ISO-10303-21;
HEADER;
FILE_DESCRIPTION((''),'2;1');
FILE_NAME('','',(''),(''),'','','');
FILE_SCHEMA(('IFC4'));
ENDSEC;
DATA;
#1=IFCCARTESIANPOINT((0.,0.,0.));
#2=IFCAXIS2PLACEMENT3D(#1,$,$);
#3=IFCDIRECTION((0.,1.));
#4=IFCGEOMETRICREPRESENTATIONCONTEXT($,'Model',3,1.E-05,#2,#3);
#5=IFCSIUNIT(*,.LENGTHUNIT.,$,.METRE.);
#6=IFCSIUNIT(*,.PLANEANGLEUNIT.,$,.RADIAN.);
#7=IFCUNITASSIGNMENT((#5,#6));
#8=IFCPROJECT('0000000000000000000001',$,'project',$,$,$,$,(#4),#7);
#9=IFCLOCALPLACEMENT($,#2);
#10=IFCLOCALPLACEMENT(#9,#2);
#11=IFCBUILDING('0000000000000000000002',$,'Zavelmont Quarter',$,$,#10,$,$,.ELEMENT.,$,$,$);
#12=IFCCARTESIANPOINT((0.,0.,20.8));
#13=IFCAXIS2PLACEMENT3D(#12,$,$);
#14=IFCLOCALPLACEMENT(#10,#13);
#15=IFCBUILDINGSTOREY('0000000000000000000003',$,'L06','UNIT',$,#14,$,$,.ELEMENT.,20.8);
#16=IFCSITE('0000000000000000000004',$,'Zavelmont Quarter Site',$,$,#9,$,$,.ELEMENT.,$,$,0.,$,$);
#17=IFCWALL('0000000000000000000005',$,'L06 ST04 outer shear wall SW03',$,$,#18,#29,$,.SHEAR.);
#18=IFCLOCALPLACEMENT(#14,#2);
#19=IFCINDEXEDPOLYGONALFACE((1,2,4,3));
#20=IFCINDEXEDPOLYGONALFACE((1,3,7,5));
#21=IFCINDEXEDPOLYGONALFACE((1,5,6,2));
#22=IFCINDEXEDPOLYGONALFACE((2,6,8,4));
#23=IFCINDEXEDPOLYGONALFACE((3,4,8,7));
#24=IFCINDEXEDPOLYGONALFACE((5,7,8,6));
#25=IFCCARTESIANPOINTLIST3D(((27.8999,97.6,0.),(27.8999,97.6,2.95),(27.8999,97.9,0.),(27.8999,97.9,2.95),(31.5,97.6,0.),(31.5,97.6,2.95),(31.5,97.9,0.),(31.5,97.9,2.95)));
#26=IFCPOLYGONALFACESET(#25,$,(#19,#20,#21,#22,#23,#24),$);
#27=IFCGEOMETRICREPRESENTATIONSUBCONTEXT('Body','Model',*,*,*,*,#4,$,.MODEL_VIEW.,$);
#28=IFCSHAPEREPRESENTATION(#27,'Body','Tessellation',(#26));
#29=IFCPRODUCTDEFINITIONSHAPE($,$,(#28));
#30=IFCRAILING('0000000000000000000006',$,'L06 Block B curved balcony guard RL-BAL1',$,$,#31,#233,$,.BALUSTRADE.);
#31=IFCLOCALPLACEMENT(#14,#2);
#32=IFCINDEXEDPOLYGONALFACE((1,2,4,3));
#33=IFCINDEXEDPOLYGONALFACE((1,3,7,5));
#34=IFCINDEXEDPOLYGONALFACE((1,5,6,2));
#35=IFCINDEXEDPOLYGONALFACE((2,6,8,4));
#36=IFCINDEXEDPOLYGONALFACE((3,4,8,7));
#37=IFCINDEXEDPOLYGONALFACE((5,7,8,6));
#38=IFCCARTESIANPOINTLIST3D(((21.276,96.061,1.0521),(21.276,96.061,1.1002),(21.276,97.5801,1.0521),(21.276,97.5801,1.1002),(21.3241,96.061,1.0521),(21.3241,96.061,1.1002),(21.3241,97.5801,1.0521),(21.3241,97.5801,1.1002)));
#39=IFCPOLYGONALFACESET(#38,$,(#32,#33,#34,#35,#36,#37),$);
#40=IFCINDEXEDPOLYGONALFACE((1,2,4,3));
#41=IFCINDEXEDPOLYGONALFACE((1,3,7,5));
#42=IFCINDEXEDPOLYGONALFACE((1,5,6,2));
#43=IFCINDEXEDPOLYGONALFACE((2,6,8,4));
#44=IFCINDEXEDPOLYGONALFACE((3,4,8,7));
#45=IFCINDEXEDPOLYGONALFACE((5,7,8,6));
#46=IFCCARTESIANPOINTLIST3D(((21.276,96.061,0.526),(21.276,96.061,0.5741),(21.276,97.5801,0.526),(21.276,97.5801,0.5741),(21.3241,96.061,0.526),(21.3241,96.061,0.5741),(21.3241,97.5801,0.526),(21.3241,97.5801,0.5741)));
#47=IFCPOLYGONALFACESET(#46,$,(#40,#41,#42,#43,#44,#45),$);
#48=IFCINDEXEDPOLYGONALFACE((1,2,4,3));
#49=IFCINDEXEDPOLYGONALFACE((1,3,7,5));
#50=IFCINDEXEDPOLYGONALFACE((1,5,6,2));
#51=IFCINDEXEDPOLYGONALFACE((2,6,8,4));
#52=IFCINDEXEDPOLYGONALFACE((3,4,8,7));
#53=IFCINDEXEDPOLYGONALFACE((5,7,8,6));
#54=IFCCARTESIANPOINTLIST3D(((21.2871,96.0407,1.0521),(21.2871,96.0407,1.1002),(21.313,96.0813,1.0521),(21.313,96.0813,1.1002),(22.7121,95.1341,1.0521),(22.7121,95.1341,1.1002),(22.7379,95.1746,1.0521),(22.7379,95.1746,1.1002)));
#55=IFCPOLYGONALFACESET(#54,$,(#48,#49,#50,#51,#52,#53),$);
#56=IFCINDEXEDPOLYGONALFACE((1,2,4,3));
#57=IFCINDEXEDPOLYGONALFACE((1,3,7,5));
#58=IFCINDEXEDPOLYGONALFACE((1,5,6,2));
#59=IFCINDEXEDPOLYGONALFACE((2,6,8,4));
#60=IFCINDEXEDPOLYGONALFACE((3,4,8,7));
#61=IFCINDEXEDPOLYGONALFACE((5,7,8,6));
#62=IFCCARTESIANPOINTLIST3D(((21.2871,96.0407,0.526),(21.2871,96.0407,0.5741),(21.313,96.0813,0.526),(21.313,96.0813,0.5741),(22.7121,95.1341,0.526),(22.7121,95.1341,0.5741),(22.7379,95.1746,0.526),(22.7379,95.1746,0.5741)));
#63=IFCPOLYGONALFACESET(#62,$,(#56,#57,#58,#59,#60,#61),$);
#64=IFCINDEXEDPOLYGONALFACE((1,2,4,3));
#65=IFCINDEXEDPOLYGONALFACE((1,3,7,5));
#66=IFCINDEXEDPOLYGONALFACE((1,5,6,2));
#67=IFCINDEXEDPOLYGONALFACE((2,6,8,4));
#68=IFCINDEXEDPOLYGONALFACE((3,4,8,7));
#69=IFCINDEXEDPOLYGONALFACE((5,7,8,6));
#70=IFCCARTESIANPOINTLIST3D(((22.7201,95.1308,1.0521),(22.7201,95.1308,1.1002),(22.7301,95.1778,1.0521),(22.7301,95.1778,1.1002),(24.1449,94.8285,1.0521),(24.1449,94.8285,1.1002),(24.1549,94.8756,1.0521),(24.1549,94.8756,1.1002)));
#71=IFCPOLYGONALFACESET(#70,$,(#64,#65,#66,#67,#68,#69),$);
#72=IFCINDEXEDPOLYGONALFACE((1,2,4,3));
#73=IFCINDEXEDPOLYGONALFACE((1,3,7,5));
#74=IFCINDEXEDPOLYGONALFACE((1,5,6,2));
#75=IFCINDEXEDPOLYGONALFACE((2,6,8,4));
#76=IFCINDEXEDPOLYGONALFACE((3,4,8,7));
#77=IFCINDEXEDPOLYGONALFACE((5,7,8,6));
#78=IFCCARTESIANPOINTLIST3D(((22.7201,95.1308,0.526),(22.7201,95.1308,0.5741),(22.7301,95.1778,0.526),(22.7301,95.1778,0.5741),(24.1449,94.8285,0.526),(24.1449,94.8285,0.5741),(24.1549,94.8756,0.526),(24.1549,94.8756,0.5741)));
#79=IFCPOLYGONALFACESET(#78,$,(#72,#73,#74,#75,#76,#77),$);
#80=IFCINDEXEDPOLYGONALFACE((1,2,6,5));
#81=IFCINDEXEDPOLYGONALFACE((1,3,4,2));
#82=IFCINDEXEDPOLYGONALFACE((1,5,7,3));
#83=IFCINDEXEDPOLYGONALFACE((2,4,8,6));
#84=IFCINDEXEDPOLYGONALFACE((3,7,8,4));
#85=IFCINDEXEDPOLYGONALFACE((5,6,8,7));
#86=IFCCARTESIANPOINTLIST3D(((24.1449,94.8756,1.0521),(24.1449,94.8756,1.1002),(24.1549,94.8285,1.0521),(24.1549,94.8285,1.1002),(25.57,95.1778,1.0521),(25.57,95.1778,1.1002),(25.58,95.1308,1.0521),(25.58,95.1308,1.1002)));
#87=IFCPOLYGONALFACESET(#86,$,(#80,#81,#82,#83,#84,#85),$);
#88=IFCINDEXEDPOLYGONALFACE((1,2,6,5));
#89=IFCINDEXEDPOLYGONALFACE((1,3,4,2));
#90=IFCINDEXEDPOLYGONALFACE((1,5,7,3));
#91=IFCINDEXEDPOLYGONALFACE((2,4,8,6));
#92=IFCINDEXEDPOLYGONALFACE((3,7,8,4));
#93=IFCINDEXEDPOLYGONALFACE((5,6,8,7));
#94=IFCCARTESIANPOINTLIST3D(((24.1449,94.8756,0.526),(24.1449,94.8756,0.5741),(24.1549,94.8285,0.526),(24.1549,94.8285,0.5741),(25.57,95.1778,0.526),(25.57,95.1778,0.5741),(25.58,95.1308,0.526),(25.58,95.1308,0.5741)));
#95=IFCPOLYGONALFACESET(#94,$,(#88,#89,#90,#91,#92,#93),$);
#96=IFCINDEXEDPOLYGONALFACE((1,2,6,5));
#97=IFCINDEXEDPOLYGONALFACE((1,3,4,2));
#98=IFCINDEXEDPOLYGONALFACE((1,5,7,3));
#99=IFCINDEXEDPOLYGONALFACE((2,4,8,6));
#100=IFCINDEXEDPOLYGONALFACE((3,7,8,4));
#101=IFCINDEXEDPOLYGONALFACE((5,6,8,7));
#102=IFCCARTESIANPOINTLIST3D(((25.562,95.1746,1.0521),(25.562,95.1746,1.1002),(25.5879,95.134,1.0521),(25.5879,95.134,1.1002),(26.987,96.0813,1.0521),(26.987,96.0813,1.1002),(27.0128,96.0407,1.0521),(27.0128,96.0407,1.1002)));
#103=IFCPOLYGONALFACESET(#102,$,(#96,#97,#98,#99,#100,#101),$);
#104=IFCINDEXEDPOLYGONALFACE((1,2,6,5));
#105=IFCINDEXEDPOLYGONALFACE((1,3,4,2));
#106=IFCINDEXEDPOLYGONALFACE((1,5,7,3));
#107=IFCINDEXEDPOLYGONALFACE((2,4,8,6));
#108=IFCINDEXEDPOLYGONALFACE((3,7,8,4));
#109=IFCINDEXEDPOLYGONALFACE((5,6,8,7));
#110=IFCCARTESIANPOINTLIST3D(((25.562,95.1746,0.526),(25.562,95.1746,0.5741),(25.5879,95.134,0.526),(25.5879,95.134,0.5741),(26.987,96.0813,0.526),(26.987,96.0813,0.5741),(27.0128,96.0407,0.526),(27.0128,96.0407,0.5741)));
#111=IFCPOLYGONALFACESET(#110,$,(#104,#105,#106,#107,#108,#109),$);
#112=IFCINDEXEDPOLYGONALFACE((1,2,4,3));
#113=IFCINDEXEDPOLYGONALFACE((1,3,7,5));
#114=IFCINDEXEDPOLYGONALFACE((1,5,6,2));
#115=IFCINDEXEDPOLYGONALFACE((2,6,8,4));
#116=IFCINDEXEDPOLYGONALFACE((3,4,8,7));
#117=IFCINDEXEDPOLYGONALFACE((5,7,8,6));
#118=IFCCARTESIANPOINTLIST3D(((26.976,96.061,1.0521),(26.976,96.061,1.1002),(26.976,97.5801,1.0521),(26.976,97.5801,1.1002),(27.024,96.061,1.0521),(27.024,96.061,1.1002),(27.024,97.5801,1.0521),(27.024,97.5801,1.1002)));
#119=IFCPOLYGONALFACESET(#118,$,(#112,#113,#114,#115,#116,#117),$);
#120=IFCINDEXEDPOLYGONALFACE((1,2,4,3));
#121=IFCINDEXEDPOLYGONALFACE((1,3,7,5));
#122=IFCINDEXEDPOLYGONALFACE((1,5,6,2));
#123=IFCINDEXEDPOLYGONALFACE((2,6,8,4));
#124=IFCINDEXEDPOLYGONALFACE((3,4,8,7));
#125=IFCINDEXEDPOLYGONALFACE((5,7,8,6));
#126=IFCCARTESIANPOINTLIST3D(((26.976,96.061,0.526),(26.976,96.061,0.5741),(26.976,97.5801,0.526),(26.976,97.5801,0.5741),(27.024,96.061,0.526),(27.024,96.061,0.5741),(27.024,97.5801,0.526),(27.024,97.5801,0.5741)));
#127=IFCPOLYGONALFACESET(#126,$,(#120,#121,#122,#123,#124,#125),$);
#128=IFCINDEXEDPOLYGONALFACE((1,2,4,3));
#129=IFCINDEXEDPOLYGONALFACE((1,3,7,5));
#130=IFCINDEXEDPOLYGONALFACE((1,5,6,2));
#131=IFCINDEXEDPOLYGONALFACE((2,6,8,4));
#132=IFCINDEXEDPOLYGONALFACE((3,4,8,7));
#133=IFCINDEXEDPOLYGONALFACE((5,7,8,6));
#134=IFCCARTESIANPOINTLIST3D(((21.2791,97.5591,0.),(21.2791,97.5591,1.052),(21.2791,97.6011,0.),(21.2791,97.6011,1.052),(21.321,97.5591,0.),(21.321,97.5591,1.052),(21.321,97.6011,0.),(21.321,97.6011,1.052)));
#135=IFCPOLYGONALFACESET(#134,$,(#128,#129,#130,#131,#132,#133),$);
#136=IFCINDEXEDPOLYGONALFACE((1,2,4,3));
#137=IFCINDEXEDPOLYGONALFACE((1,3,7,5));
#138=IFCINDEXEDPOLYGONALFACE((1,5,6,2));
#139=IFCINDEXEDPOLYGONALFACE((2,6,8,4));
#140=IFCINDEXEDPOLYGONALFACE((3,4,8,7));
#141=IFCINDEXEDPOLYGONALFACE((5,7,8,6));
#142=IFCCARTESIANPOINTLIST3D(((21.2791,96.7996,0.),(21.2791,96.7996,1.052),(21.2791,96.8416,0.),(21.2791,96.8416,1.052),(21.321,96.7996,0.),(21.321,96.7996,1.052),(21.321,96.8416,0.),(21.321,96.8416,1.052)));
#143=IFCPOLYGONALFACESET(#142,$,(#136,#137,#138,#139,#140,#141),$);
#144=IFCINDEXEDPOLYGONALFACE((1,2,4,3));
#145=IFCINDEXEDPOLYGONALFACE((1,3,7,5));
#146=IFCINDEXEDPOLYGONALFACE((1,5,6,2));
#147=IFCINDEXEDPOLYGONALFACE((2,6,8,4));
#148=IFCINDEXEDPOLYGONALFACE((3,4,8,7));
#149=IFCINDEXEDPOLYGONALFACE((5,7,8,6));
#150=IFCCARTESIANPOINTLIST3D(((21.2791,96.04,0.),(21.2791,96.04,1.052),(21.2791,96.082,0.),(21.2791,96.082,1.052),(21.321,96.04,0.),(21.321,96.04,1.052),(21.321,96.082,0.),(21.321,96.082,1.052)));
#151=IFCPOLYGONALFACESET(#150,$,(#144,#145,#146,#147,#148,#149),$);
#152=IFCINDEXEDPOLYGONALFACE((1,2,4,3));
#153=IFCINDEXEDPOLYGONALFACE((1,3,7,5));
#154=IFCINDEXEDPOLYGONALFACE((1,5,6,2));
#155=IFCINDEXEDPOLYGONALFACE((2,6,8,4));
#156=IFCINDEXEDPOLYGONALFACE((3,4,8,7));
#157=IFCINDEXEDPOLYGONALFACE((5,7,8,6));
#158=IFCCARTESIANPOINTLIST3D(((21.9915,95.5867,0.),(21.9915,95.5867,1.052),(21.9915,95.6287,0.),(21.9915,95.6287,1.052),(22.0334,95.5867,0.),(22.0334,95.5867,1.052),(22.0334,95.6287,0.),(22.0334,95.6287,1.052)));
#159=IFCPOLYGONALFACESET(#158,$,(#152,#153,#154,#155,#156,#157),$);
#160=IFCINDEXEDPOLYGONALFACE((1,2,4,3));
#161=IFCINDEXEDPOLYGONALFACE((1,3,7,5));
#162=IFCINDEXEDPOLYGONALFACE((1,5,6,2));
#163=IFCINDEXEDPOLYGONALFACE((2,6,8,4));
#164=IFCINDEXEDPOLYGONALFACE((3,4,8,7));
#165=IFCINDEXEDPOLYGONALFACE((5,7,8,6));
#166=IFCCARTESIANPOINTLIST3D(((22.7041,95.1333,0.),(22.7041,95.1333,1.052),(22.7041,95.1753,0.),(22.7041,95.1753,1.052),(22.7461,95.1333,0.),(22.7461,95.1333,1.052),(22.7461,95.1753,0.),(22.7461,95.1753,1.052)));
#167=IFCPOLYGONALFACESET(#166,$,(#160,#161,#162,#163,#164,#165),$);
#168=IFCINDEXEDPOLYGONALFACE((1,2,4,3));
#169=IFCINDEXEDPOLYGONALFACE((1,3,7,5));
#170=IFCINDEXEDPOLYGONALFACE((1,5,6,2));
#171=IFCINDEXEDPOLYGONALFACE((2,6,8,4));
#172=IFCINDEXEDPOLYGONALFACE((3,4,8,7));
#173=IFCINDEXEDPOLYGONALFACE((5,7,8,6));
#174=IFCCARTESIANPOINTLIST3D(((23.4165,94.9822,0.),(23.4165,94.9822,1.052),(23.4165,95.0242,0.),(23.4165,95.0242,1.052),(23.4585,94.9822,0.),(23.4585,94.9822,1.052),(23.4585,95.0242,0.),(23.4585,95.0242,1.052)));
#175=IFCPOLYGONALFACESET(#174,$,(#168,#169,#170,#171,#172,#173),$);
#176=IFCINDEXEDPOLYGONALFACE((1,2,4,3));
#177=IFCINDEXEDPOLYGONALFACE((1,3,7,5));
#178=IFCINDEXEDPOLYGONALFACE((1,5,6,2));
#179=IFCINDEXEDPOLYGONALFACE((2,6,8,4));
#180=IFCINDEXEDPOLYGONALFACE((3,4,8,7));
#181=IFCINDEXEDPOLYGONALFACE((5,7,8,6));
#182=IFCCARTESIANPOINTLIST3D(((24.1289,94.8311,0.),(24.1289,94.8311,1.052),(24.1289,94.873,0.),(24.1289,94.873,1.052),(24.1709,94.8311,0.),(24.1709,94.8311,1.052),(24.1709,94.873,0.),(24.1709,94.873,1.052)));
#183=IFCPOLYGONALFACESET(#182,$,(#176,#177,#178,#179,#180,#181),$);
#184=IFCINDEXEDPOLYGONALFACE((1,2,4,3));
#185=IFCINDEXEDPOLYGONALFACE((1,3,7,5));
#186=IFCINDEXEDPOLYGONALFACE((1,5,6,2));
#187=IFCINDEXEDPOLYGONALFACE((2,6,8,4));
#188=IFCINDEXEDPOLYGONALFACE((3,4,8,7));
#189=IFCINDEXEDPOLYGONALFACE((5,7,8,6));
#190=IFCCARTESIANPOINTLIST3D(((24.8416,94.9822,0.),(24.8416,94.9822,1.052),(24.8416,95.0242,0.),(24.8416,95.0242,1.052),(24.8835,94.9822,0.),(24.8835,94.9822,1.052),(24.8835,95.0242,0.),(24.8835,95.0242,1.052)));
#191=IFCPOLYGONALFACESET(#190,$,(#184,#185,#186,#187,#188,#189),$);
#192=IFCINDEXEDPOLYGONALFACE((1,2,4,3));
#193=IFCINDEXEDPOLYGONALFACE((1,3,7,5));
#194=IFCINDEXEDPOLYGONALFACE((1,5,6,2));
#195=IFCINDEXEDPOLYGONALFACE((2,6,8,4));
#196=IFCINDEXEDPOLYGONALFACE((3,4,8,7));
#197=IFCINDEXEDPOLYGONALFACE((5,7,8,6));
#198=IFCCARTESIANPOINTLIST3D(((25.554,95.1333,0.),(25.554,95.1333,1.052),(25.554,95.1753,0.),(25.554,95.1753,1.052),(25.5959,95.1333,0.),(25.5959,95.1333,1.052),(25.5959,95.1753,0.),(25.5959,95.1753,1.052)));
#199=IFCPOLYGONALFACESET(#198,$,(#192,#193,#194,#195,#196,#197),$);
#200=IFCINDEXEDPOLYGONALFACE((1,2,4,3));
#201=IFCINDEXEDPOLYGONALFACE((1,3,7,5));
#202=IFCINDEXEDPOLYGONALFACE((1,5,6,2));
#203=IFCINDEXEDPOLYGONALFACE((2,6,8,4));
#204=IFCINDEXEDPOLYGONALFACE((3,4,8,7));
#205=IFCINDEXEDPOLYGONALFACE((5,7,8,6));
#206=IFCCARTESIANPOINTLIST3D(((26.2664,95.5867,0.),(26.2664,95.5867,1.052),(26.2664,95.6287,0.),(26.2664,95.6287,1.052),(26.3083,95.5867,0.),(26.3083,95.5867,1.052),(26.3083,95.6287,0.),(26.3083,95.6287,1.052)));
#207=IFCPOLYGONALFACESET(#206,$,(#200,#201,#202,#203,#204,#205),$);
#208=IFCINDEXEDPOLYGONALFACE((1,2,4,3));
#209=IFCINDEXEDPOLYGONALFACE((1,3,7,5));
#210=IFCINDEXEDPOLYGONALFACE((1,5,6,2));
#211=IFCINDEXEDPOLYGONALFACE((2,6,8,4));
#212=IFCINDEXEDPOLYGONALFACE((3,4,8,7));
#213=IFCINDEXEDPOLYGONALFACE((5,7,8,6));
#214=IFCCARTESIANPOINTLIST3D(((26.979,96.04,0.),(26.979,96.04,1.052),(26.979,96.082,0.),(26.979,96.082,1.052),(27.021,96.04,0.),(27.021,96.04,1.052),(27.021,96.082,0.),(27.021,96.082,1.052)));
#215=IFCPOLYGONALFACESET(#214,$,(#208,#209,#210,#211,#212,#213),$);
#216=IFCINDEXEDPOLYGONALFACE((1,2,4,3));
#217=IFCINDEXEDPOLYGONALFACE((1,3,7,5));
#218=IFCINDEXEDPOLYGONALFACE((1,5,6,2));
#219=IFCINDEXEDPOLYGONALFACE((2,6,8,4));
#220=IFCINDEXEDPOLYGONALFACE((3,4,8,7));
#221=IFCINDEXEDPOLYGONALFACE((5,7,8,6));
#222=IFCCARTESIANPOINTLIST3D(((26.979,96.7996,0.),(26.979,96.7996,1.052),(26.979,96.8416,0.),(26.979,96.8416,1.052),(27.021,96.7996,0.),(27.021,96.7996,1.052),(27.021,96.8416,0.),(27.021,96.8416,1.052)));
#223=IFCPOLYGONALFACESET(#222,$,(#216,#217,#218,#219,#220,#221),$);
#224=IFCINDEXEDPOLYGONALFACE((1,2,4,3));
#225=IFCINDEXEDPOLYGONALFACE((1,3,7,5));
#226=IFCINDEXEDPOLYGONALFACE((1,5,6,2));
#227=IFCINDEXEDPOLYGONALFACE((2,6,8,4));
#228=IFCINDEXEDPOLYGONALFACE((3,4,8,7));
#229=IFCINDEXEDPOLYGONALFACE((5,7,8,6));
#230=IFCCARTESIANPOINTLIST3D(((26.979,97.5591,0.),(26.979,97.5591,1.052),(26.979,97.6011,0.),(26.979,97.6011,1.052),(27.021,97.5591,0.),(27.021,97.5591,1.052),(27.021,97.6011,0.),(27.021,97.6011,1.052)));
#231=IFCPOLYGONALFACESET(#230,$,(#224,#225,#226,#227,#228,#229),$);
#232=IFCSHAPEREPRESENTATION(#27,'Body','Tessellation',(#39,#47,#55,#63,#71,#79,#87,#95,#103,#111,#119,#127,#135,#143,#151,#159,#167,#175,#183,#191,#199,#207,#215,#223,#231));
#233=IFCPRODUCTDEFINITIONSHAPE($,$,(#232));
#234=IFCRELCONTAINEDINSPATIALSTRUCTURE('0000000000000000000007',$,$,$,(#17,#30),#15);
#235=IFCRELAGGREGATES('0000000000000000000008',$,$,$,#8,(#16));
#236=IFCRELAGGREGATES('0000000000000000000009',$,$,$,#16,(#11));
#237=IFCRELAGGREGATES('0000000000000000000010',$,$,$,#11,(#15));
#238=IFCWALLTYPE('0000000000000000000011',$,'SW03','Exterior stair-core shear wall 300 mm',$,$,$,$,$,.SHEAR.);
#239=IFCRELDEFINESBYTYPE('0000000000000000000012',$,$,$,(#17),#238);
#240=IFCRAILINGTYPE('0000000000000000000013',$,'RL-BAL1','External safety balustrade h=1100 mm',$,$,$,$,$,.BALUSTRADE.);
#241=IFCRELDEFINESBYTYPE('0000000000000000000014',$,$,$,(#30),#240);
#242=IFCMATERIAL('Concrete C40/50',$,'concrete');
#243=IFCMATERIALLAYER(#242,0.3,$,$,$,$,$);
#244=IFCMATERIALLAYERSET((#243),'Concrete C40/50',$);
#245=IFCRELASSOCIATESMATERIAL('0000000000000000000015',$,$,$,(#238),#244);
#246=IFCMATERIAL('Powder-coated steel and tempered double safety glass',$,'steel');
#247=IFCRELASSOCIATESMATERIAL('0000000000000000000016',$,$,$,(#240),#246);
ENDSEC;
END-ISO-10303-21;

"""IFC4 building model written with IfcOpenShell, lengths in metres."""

from ifc_helpers import new_model, si_unit, direction, frame, frame_2d, origin, origin_2d, place, context, subcontext, project, spatial, rectangle, extrude, material, layer, layer_set, type_object, element, save


model = new_model("IFC4")

# Units and contexts
model_context = context("Model", 3, precision=1e-05, world=origin(), true_north=direction((0.0, 1.0)))
body_context = subcontext(model_context, "Body", "Model", "MODEL_VIEW")
ifc_project = project(units=[si_unit("LENGTHUNIT", "METRE"), si_unit("PLANEANGLEUNIT", "RADIAN")], contexts=[model_context])

# Site, building, storey
site_placement = place(None, origin())
site = spatial("IfcSite", under=ifc_project, at=site_placement, Name="Zavelmont Quarter Site", CompositionType="ELEMENT", RefElevation=0.0)
building_placement = place(site_placement, origin())
building = spatial("IfcBuilding", under=site, at=building_placement, Name="Zavelmont Quarter", CompositionType="ELEMENT")
storey_placement = place(building_placement, frame((0.0, 0.0, 20.8)))
storey = spatial("IfcBuildingStorey", under=building, at=storey_placement, Name="L06", Description="UNIT", CompositionType="ELEMENT", Elevation=20.8)

# Wall
ifc_material_1 = material(Name="Concrete C40/50", Category="concrete")
ifc_layer_1 = layer(ifc_material_1, 0.3)
ifc_layer_set_1 = layer_set([ifc_layer_1], Name="Concrete C40/50")
wall_type_1 = type_object("IfcWallType", Name="SW03", Description="Exterior stair-core shear wall 300 mm", PredefinedType="SHEAR", material=ifc_layer_set_1)
wall_1_placement = place(storey_placement, frame((27.8999, 97.75, 0.0), z_axis=(0.0, 0.0, 1.0), x_axis=(1.0, 0.0, 0.0)))
element("IfcWall", 1, at=wall_1_placement, inside=storey, type_object=wall_type_1, Name="L06 ST04 outer shear wall SW03", PredefinedType="SHEAR", context=body_context, shape_type="SweptSolid", body=[
    extrude(rectangle(XDim=3.6001, YDim=0.3, at=frame_2d((1.8, 0.0))), origin(), (0.0, 0.0, 1.0), 2.95),
])

# Railing
ifc_material_2 = material(Name="Powder-coated steel and tempered double safety glass", Category="steel")
railing_type_1 = type_object("IfcRailingType", Name="RL-BAL1", Description="External safety balustrade h=1100 mm", PredefinedType="BALUSTRADE", material=ifc_material_2)
railing_1_placement = place(storey_placement, frame((21.3, 97.5801, 0.0)))
element("IfcRailing", 2, at=railing_1_placement, inside=storey, type_object=railing_type_1, Name="L06 Block B curved balcony guard RL-BAL1", PredefinedType="BALUSTRADE", context=body_context, shape_type="SweptSolid", body=[
    extrude(rectangle(XDim=0.0481, YDim=0.0481, at=origin_2d()), frame((0.0, 0.0, 1.0762), z_axis=(0.0, -1.0, 0.0), x_axis=(1.0, 0.0, 0.0)), (0.0, 0.0, 1.0), 1.519),
    extrude(rectangle(XDim=0.0481, YDim=0.0481, at=origin_2d()), frame((0.0, 0.0, 0.55), z_axis=(0.0, -1.0, 0.0), x_axis=(1.0, 0.0, 0.0)), (0.0, 0.0, 1.0), 1.519),
    extrude(rectangle(XDim=0.0481, YDim=0.0481, at=origin_2d()), frame((0.0, -1.519, 1.0762), z_axis=(0.843691, -0.536829, 0.0), x_axis=(0.536829, 0.843691, 0.0)), (0.0, 0.0, 1.0), 1.689),
    extrude(rectangle(XDim=0.0481, YDim=0.0481, at=origin_2d()), frame((0.0, -1.519, 0.55), z_axis=(0.843691, -0.536829, 0.0), x_axis=(0.536829, 0.843691, 0.0)), (0.0, 0.0, 1.0), 1.689),
    extrude(rectangle(XDim=0.0481, YDim=0.0481, at=origin_2d()), frame((1.425, -2.4258, 1.0762), z_axis=(0.978232, -0.207514, 0.0), x_axis=(0.207514, 0.978232, 0.0)), (0.0, 0.0, 1.0), 1.4565),
    extrude(rectangle(XDim=0.0481, YDim=0.0481, at=origin_2d()), frame((1.425, -2.4258, 0.55), z_axis=(0.978232, -0.207514, 0.0), x_axis=(0.207514, 0.978232, 0.0)), (0.0, 0.0, 1.0), 1.4565),
    extrude(rectangle(XDim=0.0481, YDim=0.0481, at=origin_2d()), frame((2.8499, -2.728, 1.0762), z_axis=(0.978239, 0.20748, 0.0), x_axis=(-0.20748, 0.978239, 0.0)), (0.0, 0.0, 1.0), 1.4568),
    extrude(rectangle(XDim=0.0481, YDim=0.0481, at=origin_2d()), frame((2.8499, -2.728, 0.55), z_axis=(0.978239, 0.20748, 0.0), x_axis=(-0.20748, 0.978239, 0.0)), (0.0, 0.0, 1.0), 1.4568),
    extrude(rectangle(XDim=0.0481, YDim=0.0481, at=origin_2d()), frame((4.2749, -2.4258, 1.0762), z_axis=(0.843691, 0.536829, 0.0), x_axis=(-0.536829, 0.843691, 0.0)), (0.0, 0.0, 1.0), 1.689),
    extrude(rectangle(XDim=0.0481, YDim=0.0481, at=origin_2d()), frame((4.2749, -2.4258, 0.55), z_axis=(0.843691, 0.536829, 0.0), x_axis=(-0.536829, 0.843691, 0.0)), (0.0, 0.0, 1.0), 1.689),
    extrude(rectangle(XDim=0.0481, YDim=0.0481, at=origin_2d()), frame((5.7, -1.519, 1.0762), z_axis=(0.0, 1.0, 0.0), x_axis=(-1.0, 0.0, 0.0)), (0.0, 0.0, 1.0), 1.519),
    extrude(rectangle(XDim=0.0481, YDim=0.0481, at=origin_2d()), frame((5.7, -1.519, 0.55), z_axis=(0.0, 1.0, 0.0), x_axis=(-1.0, 0.0, 0.0)), (0.0, 0.0, 1.0), 1.519),
    extrude(rectangle(XDim=0.042, YDim=0.042, at=origin_2d()), origin(), (0.0, 0.0, 1.0), 1.052),
    extrude(rectangle(XDim=0.042, YDim=0.042, at=origin_2d()), frame((0.0, -0.7595, 0.0)), (0.0, 0.0, 1.0), 1.052),
    extrude(rectangle(XDim=0.042, YDim=0.042, at=origin_2d()), frame((0.0, -1.519, 0.0)), (0.0, 0.0, 1.0), 1.052),
    extrude(rectangle(XDim=0.042, YDim=0.042, at=origin_2d()), frame((0.7124, -1.9724, 0.0)), (0.0, 0.0, 1.0), 1.052),
    extrude(rectangle(XDim=0.042, YDim=0.042, at=origin_2d()), frame((1.425, -2.4258, 0.0)), (0.0, 0.0, 1.0), 1.052),
    extrude(rectangle(XDim=0.042, YDim=0.042, at=origin_2d()), frame((2.1375, -2.5769, 0.0)), (0.0, 0.0, 1.0), 1.052),
    extrude(rectangle(XDim=0.042, YDim=0.042, at=origin_2d()), frame((2.8499, -2.728, 0.0)), (0.0, 0.0, 1.0), 1.052),
    extrude(rectangle(XDim=0.042, YDim=0.042, at=origin_2d()), frame((3.5625, -2.5769, 0.0)), (0.0, 0.0, 1.0), 1.052),
    extrude(rectangle(XDim=0.042, YDim=0.042, at=origin_2d()), frame((4.2749, -2.4258, 0.0)), (0.0, 0.0, 1.0), 1.052),
    extrude(rectangle(XDim=0.042, YDim=0.042, at=origin_2d()), frame((4.9873, -1.9724, 0.0)), (0.0, 0.0, 1.0), 1.052),
    extrude(rectangle(XDim=0.042, YDim=0.042, at=origin_2d()), frame((5.7, -1.519, 0.0)), (0.0, 0.0, 1.0), 1.052),
    extrude(rectangle(XDim=0.042, YDim=0.042, at=origin_2d()), frame((5.7, -0.7595, 0.0)), (0.0, 0.0, 1.0), 1.052),
    extrude(rectangle(XDim=0.042, YDim=0.042, at=origin_2d()), frame((5.7, 0.0, 0.0)), (0.0, 0.0, 1.0), 1.052),
])

save(model, "model.ifc")
